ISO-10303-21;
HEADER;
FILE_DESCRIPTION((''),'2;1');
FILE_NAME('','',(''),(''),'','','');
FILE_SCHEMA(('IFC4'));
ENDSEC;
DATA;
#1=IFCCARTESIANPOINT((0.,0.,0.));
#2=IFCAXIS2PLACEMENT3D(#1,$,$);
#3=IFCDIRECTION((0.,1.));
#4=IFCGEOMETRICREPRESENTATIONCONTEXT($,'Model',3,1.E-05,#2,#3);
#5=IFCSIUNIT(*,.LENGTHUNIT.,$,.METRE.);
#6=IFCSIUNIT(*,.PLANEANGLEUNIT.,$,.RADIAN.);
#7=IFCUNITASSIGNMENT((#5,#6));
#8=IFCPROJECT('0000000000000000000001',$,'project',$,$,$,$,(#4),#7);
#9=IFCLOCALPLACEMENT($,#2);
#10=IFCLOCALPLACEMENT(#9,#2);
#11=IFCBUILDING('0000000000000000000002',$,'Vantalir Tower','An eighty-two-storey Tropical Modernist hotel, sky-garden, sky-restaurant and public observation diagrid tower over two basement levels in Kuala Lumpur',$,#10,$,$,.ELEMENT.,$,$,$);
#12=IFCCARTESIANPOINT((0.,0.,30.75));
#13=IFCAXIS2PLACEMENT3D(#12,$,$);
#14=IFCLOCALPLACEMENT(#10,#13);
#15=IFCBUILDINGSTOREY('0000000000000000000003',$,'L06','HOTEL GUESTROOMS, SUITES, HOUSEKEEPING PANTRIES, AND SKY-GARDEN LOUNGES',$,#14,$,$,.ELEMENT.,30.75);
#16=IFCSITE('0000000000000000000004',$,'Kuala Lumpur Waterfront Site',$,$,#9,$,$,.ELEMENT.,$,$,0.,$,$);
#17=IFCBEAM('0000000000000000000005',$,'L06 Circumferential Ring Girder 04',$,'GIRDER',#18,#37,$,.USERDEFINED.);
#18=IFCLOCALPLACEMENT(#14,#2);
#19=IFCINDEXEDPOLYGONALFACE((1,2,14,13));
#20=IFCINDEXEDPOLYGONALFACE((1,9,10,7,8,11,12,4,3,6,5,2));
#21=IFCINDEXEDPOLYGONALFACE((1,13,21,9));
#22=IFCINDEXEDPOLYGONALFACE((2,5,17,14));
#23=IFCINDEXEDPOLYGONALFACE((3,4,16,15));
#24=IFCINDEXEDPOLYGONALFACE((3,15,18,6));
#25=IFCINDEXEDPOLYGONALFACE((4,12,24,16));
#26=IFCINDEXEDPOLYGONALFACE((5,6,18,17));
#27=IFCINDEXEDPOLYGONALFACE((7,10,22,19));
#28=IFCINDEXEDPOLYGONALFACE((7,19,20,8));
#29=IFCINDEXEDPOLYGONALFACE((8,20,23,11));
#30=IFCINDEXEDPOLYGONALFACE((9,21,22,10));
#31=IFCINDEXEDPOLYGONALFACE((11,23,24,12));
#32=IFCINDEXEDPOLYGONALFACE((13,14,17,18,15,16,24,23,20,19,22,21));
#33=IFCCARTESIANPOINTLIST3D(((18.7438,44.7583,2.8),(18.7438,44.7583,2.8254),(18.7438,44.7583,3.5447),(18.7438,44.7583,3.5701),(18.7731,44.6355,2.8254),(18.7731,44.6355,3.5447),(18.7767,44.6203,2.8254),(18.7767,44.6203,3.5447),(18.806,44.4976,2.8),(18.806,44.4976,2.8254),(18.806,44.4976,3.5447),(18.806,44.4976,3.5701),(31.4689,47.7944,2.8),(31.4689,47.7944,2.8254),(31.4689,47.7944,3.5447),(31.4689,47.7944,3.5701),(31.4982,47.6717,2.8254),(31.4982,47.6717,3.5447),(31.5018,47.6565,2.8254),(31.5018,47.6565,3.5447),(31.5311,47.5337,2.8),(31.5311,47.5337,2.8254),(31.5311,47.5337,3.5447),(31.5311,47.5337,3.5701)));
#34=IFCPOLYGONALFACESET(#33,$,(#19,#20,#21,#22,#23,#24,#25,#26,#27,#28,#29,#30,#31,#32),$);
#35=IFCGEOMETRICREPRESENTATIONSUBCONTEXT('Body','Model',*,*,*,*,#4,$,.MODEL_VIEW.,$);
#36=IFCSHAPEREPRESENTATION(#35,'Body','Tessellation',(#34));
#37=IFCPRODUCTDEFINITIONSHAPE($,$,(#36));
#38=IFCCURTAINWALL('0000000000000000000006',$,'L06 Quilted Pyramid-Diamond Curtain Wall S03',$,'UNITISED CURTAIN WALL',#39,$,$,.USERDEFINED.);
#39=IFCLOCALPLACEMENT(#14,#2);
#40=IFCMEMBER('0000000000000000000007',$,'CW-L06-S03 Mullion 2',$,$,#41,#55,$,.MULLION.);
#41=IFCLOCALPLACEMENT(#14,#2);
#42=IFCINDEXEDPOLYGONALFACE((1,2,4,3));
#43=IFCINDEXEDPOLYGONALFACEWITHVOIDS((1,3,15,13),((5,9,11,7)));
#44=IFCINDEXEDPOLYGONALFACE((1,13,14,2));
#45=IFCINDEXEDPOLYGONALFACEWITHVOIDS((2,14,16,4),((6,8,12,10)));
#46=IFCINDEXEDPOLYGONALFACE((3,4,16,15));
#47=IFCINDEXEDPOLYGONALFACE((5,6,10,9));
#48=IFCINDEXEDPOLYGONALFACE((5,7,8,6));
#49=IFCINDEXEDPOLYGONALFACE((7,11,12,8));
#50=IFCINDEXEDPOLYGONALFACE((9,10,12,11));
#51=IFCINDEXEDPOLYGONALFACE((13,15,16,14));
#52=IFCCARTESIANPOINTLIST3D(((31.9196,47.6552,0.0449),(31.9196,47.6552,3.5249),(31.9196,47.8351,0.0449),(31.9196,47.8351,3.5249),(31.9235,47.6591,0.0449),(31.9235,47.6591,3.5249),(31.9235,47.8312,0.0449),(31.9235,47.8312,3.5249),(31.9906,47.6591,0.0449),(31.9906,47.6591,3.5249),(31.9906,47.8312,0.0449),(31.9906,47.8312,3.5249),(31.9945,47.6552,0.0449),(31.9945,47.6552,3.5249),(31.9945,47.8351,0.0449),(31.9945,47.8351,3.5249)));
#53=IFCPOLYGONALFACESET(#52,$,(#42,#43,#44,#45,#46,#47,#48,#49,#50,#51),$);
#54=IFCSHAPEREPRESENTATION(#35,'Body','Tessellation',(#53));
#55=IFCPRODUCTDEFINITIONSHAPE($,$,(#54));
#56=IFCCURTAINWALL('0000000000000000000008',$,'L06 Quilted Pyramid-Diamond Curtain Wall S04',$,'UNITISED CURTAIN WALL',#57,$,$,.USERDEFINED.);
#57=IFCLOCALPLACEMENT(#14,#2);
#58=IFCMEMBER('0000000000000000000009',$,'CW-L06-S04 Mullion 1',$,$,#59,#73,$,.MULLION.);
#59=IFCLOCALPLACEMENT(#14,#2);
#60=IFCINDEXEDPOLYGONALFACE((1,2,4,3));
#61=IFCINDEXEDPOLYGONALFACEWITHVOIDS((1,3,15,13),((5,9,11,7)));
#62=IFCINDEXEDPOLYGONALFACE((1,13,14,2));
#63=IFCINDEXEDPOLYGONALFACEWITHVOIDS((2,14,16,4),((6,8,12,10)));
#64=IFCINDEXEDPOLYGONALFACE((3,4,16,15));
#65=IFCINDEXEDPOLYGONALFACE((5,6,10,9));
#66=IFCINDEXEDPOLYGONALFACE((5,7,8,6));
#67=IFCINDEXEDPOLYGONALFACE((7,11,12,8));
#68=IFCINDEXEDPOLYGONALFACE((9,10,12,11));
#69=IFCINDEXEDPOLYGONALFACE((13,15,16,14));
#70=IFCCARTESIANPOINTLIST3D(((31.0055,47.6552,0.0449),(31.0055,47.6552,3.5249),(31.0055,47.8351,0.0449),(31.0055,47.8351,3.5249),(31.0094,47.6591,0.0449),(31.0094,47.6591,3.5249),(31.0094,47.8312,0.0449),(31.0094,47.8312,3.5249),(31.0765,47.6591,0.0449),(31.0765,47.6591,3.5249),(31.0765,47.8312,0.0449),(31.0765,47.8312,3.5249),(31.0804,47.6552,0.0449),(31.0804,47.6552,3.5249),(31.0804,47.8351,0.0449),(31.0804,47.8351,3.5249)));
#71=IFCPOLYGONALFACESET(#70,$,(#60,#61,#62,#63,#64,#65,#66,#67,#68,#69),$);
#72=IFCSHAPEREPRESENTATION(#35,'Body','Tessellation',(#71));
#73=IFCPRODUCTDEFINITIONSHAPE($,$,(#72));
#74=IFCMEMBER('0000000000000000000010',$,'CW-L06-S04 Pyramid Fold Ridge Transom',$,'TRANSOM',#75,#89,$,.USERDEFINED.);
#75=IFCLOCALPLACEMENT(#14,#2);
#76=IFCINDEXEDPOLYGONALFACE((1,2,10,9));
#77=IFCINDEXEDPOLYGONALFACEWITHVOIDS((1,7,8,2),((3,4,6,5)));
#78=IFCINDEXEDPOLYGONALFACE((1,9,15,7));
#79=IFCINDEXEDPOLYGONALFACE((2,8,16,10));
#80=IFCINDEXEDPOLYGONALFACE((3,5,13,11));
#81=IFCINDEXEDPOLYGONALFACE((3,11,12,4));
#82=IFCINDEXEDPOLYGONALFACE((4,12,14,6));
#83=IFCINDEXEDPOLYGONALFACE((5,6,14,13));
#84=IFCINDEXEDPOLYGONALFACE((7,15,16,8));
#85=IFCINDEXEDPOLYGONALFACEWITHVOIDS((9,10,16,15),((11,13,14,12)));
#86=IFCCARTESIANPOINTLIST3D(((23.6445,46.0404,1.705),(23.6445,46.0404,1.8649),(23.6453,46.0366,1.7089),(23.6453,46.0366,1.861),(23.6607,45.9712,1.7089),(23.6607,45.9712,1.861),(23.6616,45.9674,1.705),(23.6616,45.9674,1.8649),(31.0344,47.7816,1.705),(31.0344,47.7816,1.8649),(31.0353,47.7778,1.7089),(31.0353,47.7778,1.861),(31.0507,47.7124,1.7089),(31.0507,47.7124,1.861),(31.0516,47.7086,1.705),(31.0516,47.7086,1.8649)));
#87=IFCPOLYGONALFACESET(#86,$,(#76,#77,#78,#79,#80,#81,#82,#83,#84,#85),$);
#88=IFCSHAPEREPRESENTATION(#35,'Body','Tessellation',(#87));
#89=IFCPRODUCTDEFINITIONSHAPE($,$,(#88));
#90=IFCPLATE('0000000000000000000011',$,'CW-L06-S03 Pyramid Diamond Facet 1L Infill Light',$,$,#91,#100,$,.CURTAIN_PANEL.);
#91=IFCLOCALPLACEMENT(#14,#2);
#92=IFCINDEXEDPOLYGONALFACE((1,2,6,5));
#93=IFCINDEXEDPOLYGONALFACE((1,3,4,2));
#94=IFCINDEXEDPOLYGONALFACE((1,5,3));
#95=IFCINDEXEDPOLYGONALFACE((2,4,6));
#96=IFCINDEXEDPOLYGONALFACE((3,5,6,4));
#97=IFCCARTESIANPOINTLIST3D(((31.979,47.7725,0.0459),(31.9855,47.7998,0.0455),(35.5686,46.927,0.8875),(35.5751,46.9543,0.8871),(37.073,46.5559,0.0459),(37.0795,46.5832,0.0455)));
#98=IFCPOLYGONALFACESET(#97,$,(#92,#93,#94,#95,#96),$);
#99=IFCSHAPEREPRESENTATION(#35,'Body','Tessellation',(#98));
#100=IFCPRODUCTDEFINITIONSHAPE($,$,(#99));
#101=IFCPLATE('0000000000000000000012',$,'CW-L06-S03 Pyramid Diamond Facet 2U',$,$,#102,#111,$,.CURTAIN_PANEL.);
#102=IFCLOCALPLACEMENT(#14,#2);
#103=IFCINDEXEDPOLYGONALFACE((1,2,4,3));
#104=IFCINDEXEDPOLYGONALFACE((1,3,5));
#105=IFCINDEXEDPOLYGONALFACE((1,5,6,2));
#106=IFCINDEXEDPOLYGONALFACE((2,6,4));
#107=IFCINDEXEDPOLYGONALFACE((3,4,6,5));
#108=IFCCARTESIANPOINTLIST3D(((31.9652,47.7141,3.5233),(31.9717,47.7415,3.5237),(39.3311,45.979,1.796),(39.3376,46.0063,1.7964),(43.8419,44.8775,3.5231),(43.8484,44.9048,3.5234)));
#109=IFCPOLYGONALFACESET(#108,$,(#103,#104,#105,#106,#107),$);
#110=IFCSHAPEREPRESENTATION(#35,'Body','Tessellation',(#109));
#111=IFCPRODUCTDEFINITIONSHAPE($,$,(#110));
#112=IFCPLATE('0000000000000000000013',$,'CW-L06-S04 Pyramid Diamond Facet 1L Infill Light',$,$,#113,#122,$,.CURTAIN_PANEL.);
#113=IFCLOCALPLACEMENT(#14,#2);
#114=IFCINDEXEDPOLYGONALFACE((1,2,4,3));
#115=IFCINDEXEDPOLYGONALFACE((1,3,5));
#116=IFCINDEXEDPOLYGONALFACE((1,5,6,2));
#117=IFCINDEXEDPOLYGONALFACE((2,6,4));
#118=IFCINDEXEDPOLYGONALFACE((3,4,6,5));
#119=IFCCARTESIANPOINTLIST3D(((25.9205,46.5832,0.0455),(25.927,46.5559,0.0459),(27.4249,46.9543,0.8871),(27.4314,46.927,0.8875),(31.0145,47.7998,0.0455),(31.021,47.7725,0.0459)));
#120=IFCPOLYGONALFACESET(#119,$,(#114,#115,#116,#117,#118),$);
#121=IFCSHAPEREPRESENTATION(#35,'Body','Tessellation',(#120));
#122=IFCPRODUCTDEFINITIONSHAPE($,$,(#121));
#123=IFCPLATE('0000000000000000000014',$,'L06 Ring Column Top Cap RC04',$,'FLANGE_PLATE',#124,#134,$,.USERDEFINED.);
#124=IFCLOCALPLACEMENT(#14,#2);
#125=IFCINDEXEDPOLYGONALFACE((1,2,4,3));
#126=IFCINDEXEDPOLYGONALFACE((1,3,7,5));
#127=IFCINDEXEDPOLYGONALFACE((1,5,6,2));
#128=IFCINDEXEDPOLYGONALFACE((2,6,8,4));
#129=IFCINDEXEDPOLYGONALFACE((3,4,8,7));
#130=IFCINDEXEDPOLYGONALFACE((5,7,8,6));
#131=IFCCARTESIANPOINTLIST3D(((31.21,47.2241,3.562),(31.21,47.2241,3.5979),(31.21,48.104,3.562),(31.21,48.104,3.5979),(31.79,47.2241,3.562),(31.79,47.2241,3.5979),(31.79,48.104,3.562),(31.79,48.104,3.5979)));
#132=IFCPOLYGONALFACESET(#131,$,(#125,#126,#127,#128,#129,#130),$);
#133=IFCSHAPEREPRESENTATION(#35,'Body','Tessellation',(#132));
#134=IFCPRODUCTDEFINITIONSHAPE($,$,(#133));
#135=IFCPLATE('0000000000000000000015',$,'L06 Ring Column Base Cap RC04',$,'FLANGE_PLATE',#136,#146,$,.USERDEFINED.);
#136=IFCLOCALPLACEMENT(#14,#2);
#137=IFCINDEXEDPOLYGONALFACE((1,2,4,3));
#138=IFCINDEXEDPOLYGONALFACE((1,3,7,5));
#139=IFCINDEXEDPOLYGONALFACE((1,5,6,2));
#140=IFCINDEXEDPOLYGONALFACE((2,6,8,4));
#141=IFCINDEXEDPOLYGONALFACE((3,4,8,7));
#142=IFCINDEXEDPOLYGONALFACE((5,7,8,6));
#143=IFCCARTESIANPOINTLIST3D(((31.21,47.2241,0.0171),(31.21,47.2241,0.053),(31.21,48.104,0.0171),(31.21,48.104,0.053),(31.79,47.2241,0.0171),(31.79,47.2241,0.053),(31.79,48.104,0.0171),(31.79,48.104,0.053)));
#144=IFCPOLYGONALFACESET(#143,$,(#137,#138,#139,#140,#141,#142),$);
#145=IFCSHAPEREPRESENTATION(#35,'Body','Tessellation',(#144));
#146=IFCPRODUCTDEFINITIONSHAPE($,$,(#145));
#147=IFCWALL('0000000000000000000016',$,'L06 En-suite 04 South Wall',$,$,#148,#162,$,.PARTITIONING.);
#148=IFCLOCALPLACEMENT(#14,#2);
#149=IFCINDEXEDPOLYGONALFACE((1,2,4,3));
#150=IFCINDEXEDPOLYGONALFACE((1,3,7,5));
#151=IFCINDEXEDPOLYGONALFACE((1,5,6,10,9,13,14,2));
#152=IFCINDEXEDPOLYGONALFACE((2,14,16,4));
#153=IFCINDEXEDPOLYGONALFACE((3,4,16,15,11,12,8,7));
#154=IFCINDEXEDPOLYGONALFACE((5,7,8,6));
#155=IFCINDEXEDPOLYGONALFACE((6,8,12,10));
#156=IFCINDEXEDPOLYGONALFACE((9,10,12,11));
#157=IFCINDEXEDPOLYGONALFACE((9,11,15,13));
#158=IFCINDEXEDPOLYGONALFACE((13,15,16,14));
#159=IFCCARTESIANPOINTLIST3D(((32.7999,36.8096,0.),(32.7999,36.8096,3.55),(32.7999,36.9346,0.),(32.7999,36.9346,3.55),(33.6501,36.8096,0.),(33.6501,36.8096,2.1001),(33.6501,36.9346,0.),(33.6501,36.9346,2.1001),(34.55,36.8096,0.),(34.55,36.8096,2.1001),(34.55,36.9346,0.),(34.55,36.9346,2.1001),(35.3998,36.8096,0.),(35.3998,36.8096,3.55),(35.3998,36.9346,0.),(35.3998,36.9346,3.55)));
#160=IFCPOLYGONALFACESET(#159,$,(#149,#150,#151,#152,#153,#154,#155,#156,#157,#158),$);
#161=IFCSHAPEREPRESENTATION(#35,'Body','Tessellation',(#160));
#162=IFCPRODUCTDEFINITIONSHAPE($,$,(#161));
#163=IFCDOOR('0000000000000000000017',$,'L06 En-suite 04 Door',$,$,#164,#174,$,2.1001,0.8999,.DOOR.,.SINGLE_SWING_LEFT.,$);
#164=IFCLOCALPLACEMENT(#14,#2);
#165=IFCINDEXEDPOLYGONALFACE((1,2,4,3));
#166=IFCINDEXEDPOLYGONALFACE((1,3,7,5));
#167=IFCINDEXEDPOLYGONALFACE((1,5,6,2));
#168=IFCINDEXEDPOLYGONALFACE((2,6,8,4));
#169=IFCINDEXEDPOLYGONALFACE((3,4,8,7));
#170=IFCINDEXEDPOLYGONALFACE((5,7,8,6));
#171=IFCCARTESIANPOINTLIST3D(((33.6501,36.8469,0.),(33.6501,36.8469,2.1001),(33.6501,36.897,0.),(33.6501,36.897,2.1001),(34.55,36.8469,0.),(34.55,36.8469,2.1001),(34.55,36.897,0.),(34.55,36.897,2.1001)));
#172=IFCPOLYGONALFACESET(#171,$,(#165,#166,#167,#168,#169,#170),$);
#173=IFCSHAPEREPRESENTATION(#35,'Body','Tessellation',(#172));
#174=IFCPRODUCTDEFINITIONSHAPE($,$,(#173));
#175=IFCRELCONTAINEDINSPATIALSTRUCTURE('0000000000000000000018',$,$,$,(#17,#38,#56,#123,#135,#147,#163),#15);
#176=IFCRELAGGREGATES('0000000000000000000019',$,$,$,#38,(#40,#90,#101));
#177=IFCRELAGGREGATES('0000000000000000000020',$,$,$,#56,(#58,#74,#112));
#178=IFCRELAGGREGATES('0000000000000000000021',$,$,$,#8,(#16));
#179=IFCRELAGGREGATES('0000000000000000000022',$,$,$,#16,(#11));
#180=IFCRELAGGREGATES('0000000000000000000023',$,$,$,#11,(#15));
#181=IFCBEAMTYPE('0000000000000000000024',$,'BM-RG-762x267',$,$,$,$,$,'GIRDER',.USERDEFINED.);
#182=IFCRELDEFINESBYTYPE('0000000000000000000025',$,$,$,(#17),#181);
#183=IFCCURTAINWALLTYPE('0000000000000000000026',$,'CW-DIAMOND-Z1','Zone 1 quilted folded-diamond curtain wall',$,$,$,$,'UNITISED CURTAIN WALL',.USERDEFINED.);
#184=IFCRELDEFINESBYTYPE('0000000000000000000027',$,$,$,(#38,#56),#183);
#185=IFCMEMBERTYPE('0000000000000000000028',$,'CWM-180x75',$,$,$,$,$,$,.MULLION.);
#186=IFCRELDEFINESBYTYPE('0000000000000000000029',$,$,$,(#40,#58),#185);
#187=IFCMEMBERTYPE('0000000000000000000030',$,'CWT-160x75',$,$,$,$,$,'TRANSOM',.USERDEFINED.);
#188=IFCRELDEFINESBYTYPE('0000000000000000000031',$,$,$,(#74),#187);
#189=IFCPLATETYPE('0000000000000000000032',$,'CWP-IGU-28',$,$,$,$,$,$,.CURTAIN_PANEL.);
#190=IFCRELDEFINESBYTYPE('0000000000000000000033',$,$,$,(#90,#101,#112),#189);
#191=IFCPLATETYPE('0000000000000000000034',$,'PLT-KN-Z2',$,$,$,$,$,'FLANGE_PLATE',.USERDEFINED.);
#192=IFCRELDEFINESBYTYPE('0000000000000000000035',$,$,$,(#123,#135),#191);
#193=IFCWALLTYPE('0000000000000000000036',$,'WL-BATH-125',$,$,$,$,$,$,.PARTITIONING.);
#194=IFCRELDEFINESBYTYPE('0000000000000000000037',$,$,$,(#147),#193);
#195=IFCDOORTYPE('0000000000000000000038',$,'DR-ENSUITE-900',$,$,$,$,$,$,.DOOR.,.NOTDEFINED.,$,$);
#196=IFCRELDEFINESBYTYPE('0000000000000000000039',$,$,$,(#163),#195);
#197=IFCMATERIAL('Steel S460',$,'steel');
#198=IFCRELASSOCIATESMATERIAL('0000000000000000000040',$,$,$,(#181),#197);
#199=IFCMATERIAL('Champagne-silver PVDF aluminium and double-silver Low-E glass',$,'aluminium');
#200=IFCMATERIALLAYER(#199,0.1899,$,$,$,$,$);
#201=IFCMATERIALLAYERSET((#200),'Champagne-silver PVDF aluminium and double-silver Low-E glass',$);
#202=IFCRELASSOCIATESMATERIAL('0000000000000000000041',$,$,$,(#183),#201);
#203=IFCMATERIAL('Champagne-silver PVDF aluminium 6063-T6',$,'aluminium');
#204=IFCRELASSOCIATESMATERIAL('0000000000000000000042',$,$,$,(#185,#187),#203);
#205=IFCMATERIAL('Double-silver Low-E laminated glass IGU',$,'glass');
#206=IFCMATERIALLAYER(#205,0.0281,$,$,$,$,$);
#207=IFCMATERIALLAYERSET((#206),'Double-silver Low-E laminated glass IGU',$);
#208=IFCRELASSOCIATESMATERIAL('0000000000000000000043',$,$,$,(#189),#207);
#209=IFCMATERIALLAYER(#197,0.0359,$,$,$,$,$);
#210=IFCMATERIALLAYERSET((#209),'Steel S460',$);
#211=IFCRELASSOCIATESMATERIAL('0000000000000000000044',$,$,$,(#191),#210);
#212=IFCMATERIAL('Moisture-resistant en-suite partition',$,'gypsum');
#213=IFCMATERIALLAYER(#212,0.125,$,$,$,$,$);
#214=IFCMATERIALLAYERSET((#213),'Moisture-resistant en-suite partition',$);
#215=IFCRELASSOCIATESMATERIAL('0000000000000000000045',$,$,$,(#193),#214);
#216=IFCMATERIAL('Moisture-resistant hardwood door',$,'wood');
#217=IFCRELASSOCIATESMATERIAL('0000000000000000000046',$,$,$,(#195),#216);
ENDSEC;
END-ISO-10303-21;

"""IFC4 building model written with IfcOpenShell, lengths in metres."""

from ifc_helpers import new_model, si_unit, direction, frame, frame_2d, origin, origin_2d, place, context, subcontext, project, spatial, polyline, rectangle, hollow_rectangle, i_section, outline, extrude, material, layer, layer_set, material_profile, profile_set, type_object, element, fill, aggregate, save


model = new_model("IFC4")

# Units and contexts
model_context = context("Model", 3, precision=1e-05, world=origin(), true_north=direction((0.0, 1.0)))
body_context = subcontext(model_context, "Body", "Model", "MODEL_VIEW")
ifc_project = project(units=[si_unit("LENGTHUNIT", "METRE"), si_unit("PLANEANGLEUNIT", "RADIAN")], contexts=[model_context])

# Site, building, storey
site_placement = place(None, origin())
site = spatial("IfcSite", under=ifc_project, at=site_placement, Name="Kuala Lumpur Waterfront Site", CompositionType="ELEMENT", RefElevation=0.0)
building_placement = place(site_placement, origin())
building = spatial("IfcBuilding", under=site, at=building_placement, Name="Vantalir Tower", Description="An eighty-two-storey Tropical Modernist hotel, sky-garden, sky-restaurant and public observation diagrid tower over two basement levels in Kuala Lumpur", CompositionType="ELEMENT")
storey_placement = place(building_placement, frame((0.0, 0.0, 30.75)))
storey = spatial("IfcBuildingStorey", under=building, at=storey_placement, Name="L06", Description="HOTEL GUESTROOMS, SUITES, HOUSEKEEPING PANTRIES, AND SKY-GARDEN LOUNGES", CompositionType="ELEMENT", Elevation=30.75)

# Shared definitions
ifc_material_1 = material(Name="Steel S460", Category="steel")

# Beam
ifc_material_profile_1 = material_profile(ifc_material_1, i_section(OverallWidth=0.2681, OverallDepth=0.77, WebThickness=0.0156, FlangeThickness=0.0254, at=origin_2d()), Name="Steel S460")
ifc_profile_set_1 = profile_set([ifc_material_profile_1], Name="Steel S460")
beam_type_1 = type_object("IfcBeamType", Name="BM-RG-762x267", ElementType="GIRDER", PredefinedType="USERDEFINED", material=ifc_profile_set_1)
beam_1_placement = place(storey_placement, frame((31.5, 47.6641, 3.1851), z_axis=(-0.972697, -0.23208, 0.0), x_axis=(0.23208, -0.972697, 0.0)))
element("IfcBeam", 1, at=beam_1_placement, inside=storey, type_object=beam_type_1, Name="L06 Circumferential Ring Girder 04", ObjectType="GIRDER", PredefinedType="USERDEFINED", context=body_context, shape_type="SweptSolid", body=[
    extrude(i_section(OverallWidth=0.2681, OverallDepth=0.77, WebThickness=0.0156, FlangeThickness=0.0254, at=origin_2d()), origin(), (0.0, 0.0, 1.0), 13.0823),
])

# Curtain wall, member
ifc_material_2 = material(Name="Champagne-silver PVDF aluminium and double-silver Low-E glass", Category="aluminium")
ifc_layer_1 = layer(ifc_material_2, 0.1899)
ifc_layer_set_1 = layer_set([ifc_layer_1], Name="Champagne-silver PVDF aluminium and double-silver Low-E glass")
curtain_wall_type = type_object("IfcCurtainWallType", Name="CW-DIAMOND-Z1", Description="Zone 1 quilted folded-diamond curtain wall", ElementType="UNITISED CURTAIN WALL", PredefinedType="USERDEFINED", material=ifc_layer_set_1)
curtain_wall_1_placement = place(storey_placement, origin())
curtain_wall_1 = element("IfcCurtainWall", 2, at=curtain_wall_1_placement, inside=storey, type_object=curtain_wall_type, Name="L06 Quilted Pyramid-Diamond Curtain Wall S03", ObjectType="UNITISED CURTAIN WALL", PredefinedType="USERDEFINED")
ifc_material_3 = material(Name="Champagne-silver PVDF aluminium 6063-T6", Category="aluminium")
ifc_material_profile_2 = material_profile(ifc_material_3, hollow_rectangle(XDim=0.075, YDim=0.1799, WallThickness=0.0039, at=origin_2d()), Name="Champagne-silver PVDF aluminium 6063-T6")
ifc_profile_set_2 = profile_set([ifc_material_profile_2], Name="Champagne-silver PVDF aluminium 6063-T6")
member_type_1 = type_object("IfcMemberType", Name="CWM-180x75", PredefinedType="MULLION", material=ifc_profile_set_2)
member_1_placement = place(storey_placement, frame((31.957, 47.7451, 0.0449), z_axis=(0.0, 0.0, 1.0), x_axis=(1.0, 0.0, 0.0)))
member_1 = element("IfcMember", 3, at=member_1_placement, type_object=member_type_1, Name="CW-L06-S03 Mullion 2", PredefinedType="MULLION", context=body_context, shape_type="SweptSolid", body=[
    extrude(hollow_rectangle(XDim=0.075, YDim=0.1799, WallThickness=0.0039, at=origin_2d()), origin(), (0.0, 0.0, 1.0), 3.48),
])

# Curtain wall, members
curtain_wall_2_placement = place(storey_placement, origin())
curtain_wall_2 = element("IfcCurtainWall", 4, at=curtain_wall_2_placement, inside=storey, type_object=curtain_wall_type, Name="L06 Quilted Pyramid-Diamond Curtain Wall S04", ObjectType="UNITISED CURTAIN WALL", PredefinedType="USERDEFINED")
member_2_placement = place(storey_placement, frame((31.043, 47.7451, 0.0449), z_axis=(0.0, 0.0, 1.0), x_axis=(1.0, 0.0, 0.0)))
member_2 = element("IfcMember", 5, at=member_2_placement, type_object=member_type_1, Name="CW-L06-S04 Mullion 1", PredefinedType="MULLION", context=body_context, shape_type="SweptSolid", body=[
    extrude(hollow_rectangle(XDim=0.075, YDim=0.1799, WallThickness=0.0039, at=origin_2d()), origin(), (0.0, 0.0, 1.0), 3.48),
])
ifc_material_profile_3 = material_profile(ifc_material_3, hollow_rectangle(XDim=0.075, YDim=0.1599, WallThickness=0.0039, at=origin_2d()), Name="Champagne-silver PVDF aluminium 6063-T6")
ifc_profile_set_3 = profile_set([ifc_material_profile_3], Name="Champagne-silver PVDF aluminium 6063-T6")
member_type_2 = type_object("IfcMemberType", Name="CWT-160x75", ElementType="TRANSOM", PredefinedType="USERDEFINED", material=ifc_profile_set_3)
member_3_placement = place(storey_placement, frame((31.043, 47.7451, 1.7849), z_axis=(-0.973346, -0.22934, 0.0), x_axis=(0.22934, -0.973346, 0.0)))
member_3 = element("IfcMember", 6, at=member_3_placement, type_object=member_type_2, Name="CW-L06-S04 Pyramid Fold Ridge Transom", ObjectType="TRANSOM", PredefinedType="USERDEFINED", context=body_context, shape_type="SweptSolid", body=[
    extrude(hollow_rectangle(XDim=0.075, YDim=0.1599, WallThickness=0.0039, at=origin_2d()), origin(), (0.0, 0.0, 1.0), 7.5923),
])

# Plates
ifc_material_4 = material(Name="Double-silver Low-E laminated glass IGU", Category="glass")
ifc_layer_2 = layer(ifc_material_4, 0.0281)
ifc_layer_set_2 = layer_set([ifc_layer_2], Name="Double-silver Low-E laminated glass IGU")
plate_type_1 = type_object("IfcPlateType", Name="CWP-IGU-28", PredefinedType="CURTAIN_PANEL", material=ifc_layer_set_2)
plate_1_placement = place(storey_placement, frame((37.073, 46.5559, 0.0459), z_axis=(-0.232267, -0.972556, 0.013652), x_axis=(-0.972647, 0.232289, 0.0)))
plate_1 = element("IfcPlate", 7, at=plate_1_placement, type_object=plate_type_1, Name="CW-L06-S03 Pyramid Diamond Facet 1L Infill Light", PredefinedType="CURTAIN_PANEL", context=body_context, shape_type="SweptSolid", body=[
    extrude(outline(polyline([(0.0, 0.0), (5.2372, 0.0), (1.5494, -0.8416), (0.0, 0.0)])), origin(), (0.0, 0.0, -1.0), 0.0281),
])
plate_2_placement = place(storey_placement, frame((31.9717, 47.7415, 3.5237), z_axis=(0.232288, 0.972552, 0.013629), x_axis=(0.972642, -0.232309, -0.00002)))
plate_2 = element("IfcPlate", 8, at=plate_2_placement, type_object=plate_type_1, Name="CW-L06-S03 Pyramid Diamond Facet 2U", PredefinedType="CURTAIN_PANEL", context=body_context, shape_type="SweptSolid", body=[
    extrude(outline(polyline([(0.0, 0.0), (12.2108, 0.0), (7.5676, 1.7273), (0.0, 0.0)])), origin(), (0.0, 0.0, -1.0), 0.0281),
])
aggregate(curtain_wall_1, [member_1, plate_1, plate_2])
plate_3_placement = place(storey_placement, frame((31.021, 47.7725, 0.0459), z_axis=(0.232267, -0.972556, 0.013652), x_axis=(-0.972647, -0.232289, 0.0)))
plate_3 = element("IfcPlate", 9, at=plate_3_placement, type_object=plate_type_1, Name="CW-L06-S04 Pyramid Diamond Facet 1L Infill Light", PredefinedType="CURTAIN_PANEL", context=body_context, shape_type="SweptSolid", body=[
    extrude(outline(polyline([(0.0, 0.0), (5.2372, 0.0), (3.6878, -0.8416), (0.0, 0.0)])), origin(), (0.0, 0.0, -1.0), 0.0281),
])
aggregate(curtain_wall_2, [member_2, member_3, plate_3])

# Plates
ifc_layer_3 = layer(ifc_material_1, 0.0359)
ifc_layer_set_3 = layer_set([ifc_layer_3], Name="Steel S460")
plate_type_2 = type_object("IfcPlateType", Name="PLT-KN-Z2", ElementType="FLANGE_PLATE", PredefinedType="USERDEFINED", material=ifc_layer_set_3)
for number, where, z_axis, x_axis, name in (
    (10, (31.21, 48.104, 3.5979), (0.0, 0.0, 1.0), (0.0, -1.0, 0.0), "L06 Ring Column Top Cap RC04"),
    (11, (31.21, 48.104, 0.053), (0.0, 0.0, 1.0), (0.0, -1.0, 0.0), "L06 Ring Column Base Cap RC04"),
):
    element("IfcPlate", number, at=place(storey_placement, frame(where, z_axis=z_axis, x_axis=x_axis)), inside=storey, type_object=plate_type_2, Name=name, ObjectType="FLANGE_PLATE", PredefinedType="USERDEFINED", context=body_context, shape_type="SweptSolid", body=[
        extrude(outline(polyline([(0.0, 0.0), (0.8799, 0.0), (0.8799, 0.5801), (0.0, 0.5801), (0.0, 0.0)])), origin(), (0.0, 0.0, -1.0), 0.0359),
    ])

# Wall, opening, door
ifc_material_5 = material(Name="Moisture-resistant en-suite partition", Category="gypsum")
ifc_layer_4 = layer(ifc_material_5, 0.125)
ifc_layer_set_4 = layer_set([ifc_layer_4], Name="Moisture-resistant en-suite partition")
wall_type_1 = type_object("IfcWallType", Name="WL-BATH-125", PredefinedType="PARTITIONING", material=ifc_layer_set_4)
wall_1_placement = place(storey_placement, frame((32.8, 36.8721, 0.0), z_axis=(0.0, 0.0, 1.0), x_axis=(1.0, 0.0, 0.0)))
wall_1 = element("IfcWall", 12, at=wall_1_placement, inside=storey, type_object=wall_type_1, Name="L06 En-suite 04 South Wall", PredefinedType="PARTITIONING", context=body_context, shape_type="SweptSolid", body=[
    extrude(rectangle(XDim=2.5999, YDim=0.125, at=frame_2d((1.2998, 0.0))), origin(), (0.0, 0.0, 1.0), 3.55),
])
opening_1_placement = place(wall_1_placement, frame((0.8501, 0.0, 0.0)))
opening_1 = element("IfcOpeningElement", 13, at=opening_1_placement, cuts=wall_1, PredefinedType="OPENING", context=body_context, shape_type="SweptSolid", body=[
    extrude(rectangle(XDim=0.8999, YDim=2.1001, at=frame_2d((0.45, 1.05))), frame((0.0, 0.0725, 0.0), z_axis=(0.0, -1.0, 0.0), x_axis=(1.0, 0.0, 0.0)), (0.0, 0.0, 1.0), 0.145),
])
ifc_material_6 = material(Name="Moisture-resistant hardwood door", Category="wood")
door_type_1 = type_object("IfcDoorType", Name="DR-ENSUITE-900", OperationType="NOTDEFINED", PredefinedType="DOOR", material=ifc_material_6)
door_1_placement = place(opening_1_placement, origin())
door_1 = element("IfcDoor", 14, at=door_1_placement, inside=storey, type_object=door_type_1, Name="L06 En-suite 04 Door", OperationType="SINGLE_SWING_LEFT", OverallHeight=2.1001, OverallWidth=0.8999, PredefinedType="DOOR", context=body_context, shape_type="SweptSolid", body=[
    extrude(rectangle(XDim=0.8999, YDim=2.1001, at=frame_2d((0.45, 1.05))), frame((0.0, 0.0249, 0.0), z_axis=(0.0, -1.0, 0.0), x_axis=(1.0, 0.0, 0.0)), (0.0, 0.0, 1.0), 0.05),
])
fill(opening_1, door_1)

save(model, "model.ifc")
